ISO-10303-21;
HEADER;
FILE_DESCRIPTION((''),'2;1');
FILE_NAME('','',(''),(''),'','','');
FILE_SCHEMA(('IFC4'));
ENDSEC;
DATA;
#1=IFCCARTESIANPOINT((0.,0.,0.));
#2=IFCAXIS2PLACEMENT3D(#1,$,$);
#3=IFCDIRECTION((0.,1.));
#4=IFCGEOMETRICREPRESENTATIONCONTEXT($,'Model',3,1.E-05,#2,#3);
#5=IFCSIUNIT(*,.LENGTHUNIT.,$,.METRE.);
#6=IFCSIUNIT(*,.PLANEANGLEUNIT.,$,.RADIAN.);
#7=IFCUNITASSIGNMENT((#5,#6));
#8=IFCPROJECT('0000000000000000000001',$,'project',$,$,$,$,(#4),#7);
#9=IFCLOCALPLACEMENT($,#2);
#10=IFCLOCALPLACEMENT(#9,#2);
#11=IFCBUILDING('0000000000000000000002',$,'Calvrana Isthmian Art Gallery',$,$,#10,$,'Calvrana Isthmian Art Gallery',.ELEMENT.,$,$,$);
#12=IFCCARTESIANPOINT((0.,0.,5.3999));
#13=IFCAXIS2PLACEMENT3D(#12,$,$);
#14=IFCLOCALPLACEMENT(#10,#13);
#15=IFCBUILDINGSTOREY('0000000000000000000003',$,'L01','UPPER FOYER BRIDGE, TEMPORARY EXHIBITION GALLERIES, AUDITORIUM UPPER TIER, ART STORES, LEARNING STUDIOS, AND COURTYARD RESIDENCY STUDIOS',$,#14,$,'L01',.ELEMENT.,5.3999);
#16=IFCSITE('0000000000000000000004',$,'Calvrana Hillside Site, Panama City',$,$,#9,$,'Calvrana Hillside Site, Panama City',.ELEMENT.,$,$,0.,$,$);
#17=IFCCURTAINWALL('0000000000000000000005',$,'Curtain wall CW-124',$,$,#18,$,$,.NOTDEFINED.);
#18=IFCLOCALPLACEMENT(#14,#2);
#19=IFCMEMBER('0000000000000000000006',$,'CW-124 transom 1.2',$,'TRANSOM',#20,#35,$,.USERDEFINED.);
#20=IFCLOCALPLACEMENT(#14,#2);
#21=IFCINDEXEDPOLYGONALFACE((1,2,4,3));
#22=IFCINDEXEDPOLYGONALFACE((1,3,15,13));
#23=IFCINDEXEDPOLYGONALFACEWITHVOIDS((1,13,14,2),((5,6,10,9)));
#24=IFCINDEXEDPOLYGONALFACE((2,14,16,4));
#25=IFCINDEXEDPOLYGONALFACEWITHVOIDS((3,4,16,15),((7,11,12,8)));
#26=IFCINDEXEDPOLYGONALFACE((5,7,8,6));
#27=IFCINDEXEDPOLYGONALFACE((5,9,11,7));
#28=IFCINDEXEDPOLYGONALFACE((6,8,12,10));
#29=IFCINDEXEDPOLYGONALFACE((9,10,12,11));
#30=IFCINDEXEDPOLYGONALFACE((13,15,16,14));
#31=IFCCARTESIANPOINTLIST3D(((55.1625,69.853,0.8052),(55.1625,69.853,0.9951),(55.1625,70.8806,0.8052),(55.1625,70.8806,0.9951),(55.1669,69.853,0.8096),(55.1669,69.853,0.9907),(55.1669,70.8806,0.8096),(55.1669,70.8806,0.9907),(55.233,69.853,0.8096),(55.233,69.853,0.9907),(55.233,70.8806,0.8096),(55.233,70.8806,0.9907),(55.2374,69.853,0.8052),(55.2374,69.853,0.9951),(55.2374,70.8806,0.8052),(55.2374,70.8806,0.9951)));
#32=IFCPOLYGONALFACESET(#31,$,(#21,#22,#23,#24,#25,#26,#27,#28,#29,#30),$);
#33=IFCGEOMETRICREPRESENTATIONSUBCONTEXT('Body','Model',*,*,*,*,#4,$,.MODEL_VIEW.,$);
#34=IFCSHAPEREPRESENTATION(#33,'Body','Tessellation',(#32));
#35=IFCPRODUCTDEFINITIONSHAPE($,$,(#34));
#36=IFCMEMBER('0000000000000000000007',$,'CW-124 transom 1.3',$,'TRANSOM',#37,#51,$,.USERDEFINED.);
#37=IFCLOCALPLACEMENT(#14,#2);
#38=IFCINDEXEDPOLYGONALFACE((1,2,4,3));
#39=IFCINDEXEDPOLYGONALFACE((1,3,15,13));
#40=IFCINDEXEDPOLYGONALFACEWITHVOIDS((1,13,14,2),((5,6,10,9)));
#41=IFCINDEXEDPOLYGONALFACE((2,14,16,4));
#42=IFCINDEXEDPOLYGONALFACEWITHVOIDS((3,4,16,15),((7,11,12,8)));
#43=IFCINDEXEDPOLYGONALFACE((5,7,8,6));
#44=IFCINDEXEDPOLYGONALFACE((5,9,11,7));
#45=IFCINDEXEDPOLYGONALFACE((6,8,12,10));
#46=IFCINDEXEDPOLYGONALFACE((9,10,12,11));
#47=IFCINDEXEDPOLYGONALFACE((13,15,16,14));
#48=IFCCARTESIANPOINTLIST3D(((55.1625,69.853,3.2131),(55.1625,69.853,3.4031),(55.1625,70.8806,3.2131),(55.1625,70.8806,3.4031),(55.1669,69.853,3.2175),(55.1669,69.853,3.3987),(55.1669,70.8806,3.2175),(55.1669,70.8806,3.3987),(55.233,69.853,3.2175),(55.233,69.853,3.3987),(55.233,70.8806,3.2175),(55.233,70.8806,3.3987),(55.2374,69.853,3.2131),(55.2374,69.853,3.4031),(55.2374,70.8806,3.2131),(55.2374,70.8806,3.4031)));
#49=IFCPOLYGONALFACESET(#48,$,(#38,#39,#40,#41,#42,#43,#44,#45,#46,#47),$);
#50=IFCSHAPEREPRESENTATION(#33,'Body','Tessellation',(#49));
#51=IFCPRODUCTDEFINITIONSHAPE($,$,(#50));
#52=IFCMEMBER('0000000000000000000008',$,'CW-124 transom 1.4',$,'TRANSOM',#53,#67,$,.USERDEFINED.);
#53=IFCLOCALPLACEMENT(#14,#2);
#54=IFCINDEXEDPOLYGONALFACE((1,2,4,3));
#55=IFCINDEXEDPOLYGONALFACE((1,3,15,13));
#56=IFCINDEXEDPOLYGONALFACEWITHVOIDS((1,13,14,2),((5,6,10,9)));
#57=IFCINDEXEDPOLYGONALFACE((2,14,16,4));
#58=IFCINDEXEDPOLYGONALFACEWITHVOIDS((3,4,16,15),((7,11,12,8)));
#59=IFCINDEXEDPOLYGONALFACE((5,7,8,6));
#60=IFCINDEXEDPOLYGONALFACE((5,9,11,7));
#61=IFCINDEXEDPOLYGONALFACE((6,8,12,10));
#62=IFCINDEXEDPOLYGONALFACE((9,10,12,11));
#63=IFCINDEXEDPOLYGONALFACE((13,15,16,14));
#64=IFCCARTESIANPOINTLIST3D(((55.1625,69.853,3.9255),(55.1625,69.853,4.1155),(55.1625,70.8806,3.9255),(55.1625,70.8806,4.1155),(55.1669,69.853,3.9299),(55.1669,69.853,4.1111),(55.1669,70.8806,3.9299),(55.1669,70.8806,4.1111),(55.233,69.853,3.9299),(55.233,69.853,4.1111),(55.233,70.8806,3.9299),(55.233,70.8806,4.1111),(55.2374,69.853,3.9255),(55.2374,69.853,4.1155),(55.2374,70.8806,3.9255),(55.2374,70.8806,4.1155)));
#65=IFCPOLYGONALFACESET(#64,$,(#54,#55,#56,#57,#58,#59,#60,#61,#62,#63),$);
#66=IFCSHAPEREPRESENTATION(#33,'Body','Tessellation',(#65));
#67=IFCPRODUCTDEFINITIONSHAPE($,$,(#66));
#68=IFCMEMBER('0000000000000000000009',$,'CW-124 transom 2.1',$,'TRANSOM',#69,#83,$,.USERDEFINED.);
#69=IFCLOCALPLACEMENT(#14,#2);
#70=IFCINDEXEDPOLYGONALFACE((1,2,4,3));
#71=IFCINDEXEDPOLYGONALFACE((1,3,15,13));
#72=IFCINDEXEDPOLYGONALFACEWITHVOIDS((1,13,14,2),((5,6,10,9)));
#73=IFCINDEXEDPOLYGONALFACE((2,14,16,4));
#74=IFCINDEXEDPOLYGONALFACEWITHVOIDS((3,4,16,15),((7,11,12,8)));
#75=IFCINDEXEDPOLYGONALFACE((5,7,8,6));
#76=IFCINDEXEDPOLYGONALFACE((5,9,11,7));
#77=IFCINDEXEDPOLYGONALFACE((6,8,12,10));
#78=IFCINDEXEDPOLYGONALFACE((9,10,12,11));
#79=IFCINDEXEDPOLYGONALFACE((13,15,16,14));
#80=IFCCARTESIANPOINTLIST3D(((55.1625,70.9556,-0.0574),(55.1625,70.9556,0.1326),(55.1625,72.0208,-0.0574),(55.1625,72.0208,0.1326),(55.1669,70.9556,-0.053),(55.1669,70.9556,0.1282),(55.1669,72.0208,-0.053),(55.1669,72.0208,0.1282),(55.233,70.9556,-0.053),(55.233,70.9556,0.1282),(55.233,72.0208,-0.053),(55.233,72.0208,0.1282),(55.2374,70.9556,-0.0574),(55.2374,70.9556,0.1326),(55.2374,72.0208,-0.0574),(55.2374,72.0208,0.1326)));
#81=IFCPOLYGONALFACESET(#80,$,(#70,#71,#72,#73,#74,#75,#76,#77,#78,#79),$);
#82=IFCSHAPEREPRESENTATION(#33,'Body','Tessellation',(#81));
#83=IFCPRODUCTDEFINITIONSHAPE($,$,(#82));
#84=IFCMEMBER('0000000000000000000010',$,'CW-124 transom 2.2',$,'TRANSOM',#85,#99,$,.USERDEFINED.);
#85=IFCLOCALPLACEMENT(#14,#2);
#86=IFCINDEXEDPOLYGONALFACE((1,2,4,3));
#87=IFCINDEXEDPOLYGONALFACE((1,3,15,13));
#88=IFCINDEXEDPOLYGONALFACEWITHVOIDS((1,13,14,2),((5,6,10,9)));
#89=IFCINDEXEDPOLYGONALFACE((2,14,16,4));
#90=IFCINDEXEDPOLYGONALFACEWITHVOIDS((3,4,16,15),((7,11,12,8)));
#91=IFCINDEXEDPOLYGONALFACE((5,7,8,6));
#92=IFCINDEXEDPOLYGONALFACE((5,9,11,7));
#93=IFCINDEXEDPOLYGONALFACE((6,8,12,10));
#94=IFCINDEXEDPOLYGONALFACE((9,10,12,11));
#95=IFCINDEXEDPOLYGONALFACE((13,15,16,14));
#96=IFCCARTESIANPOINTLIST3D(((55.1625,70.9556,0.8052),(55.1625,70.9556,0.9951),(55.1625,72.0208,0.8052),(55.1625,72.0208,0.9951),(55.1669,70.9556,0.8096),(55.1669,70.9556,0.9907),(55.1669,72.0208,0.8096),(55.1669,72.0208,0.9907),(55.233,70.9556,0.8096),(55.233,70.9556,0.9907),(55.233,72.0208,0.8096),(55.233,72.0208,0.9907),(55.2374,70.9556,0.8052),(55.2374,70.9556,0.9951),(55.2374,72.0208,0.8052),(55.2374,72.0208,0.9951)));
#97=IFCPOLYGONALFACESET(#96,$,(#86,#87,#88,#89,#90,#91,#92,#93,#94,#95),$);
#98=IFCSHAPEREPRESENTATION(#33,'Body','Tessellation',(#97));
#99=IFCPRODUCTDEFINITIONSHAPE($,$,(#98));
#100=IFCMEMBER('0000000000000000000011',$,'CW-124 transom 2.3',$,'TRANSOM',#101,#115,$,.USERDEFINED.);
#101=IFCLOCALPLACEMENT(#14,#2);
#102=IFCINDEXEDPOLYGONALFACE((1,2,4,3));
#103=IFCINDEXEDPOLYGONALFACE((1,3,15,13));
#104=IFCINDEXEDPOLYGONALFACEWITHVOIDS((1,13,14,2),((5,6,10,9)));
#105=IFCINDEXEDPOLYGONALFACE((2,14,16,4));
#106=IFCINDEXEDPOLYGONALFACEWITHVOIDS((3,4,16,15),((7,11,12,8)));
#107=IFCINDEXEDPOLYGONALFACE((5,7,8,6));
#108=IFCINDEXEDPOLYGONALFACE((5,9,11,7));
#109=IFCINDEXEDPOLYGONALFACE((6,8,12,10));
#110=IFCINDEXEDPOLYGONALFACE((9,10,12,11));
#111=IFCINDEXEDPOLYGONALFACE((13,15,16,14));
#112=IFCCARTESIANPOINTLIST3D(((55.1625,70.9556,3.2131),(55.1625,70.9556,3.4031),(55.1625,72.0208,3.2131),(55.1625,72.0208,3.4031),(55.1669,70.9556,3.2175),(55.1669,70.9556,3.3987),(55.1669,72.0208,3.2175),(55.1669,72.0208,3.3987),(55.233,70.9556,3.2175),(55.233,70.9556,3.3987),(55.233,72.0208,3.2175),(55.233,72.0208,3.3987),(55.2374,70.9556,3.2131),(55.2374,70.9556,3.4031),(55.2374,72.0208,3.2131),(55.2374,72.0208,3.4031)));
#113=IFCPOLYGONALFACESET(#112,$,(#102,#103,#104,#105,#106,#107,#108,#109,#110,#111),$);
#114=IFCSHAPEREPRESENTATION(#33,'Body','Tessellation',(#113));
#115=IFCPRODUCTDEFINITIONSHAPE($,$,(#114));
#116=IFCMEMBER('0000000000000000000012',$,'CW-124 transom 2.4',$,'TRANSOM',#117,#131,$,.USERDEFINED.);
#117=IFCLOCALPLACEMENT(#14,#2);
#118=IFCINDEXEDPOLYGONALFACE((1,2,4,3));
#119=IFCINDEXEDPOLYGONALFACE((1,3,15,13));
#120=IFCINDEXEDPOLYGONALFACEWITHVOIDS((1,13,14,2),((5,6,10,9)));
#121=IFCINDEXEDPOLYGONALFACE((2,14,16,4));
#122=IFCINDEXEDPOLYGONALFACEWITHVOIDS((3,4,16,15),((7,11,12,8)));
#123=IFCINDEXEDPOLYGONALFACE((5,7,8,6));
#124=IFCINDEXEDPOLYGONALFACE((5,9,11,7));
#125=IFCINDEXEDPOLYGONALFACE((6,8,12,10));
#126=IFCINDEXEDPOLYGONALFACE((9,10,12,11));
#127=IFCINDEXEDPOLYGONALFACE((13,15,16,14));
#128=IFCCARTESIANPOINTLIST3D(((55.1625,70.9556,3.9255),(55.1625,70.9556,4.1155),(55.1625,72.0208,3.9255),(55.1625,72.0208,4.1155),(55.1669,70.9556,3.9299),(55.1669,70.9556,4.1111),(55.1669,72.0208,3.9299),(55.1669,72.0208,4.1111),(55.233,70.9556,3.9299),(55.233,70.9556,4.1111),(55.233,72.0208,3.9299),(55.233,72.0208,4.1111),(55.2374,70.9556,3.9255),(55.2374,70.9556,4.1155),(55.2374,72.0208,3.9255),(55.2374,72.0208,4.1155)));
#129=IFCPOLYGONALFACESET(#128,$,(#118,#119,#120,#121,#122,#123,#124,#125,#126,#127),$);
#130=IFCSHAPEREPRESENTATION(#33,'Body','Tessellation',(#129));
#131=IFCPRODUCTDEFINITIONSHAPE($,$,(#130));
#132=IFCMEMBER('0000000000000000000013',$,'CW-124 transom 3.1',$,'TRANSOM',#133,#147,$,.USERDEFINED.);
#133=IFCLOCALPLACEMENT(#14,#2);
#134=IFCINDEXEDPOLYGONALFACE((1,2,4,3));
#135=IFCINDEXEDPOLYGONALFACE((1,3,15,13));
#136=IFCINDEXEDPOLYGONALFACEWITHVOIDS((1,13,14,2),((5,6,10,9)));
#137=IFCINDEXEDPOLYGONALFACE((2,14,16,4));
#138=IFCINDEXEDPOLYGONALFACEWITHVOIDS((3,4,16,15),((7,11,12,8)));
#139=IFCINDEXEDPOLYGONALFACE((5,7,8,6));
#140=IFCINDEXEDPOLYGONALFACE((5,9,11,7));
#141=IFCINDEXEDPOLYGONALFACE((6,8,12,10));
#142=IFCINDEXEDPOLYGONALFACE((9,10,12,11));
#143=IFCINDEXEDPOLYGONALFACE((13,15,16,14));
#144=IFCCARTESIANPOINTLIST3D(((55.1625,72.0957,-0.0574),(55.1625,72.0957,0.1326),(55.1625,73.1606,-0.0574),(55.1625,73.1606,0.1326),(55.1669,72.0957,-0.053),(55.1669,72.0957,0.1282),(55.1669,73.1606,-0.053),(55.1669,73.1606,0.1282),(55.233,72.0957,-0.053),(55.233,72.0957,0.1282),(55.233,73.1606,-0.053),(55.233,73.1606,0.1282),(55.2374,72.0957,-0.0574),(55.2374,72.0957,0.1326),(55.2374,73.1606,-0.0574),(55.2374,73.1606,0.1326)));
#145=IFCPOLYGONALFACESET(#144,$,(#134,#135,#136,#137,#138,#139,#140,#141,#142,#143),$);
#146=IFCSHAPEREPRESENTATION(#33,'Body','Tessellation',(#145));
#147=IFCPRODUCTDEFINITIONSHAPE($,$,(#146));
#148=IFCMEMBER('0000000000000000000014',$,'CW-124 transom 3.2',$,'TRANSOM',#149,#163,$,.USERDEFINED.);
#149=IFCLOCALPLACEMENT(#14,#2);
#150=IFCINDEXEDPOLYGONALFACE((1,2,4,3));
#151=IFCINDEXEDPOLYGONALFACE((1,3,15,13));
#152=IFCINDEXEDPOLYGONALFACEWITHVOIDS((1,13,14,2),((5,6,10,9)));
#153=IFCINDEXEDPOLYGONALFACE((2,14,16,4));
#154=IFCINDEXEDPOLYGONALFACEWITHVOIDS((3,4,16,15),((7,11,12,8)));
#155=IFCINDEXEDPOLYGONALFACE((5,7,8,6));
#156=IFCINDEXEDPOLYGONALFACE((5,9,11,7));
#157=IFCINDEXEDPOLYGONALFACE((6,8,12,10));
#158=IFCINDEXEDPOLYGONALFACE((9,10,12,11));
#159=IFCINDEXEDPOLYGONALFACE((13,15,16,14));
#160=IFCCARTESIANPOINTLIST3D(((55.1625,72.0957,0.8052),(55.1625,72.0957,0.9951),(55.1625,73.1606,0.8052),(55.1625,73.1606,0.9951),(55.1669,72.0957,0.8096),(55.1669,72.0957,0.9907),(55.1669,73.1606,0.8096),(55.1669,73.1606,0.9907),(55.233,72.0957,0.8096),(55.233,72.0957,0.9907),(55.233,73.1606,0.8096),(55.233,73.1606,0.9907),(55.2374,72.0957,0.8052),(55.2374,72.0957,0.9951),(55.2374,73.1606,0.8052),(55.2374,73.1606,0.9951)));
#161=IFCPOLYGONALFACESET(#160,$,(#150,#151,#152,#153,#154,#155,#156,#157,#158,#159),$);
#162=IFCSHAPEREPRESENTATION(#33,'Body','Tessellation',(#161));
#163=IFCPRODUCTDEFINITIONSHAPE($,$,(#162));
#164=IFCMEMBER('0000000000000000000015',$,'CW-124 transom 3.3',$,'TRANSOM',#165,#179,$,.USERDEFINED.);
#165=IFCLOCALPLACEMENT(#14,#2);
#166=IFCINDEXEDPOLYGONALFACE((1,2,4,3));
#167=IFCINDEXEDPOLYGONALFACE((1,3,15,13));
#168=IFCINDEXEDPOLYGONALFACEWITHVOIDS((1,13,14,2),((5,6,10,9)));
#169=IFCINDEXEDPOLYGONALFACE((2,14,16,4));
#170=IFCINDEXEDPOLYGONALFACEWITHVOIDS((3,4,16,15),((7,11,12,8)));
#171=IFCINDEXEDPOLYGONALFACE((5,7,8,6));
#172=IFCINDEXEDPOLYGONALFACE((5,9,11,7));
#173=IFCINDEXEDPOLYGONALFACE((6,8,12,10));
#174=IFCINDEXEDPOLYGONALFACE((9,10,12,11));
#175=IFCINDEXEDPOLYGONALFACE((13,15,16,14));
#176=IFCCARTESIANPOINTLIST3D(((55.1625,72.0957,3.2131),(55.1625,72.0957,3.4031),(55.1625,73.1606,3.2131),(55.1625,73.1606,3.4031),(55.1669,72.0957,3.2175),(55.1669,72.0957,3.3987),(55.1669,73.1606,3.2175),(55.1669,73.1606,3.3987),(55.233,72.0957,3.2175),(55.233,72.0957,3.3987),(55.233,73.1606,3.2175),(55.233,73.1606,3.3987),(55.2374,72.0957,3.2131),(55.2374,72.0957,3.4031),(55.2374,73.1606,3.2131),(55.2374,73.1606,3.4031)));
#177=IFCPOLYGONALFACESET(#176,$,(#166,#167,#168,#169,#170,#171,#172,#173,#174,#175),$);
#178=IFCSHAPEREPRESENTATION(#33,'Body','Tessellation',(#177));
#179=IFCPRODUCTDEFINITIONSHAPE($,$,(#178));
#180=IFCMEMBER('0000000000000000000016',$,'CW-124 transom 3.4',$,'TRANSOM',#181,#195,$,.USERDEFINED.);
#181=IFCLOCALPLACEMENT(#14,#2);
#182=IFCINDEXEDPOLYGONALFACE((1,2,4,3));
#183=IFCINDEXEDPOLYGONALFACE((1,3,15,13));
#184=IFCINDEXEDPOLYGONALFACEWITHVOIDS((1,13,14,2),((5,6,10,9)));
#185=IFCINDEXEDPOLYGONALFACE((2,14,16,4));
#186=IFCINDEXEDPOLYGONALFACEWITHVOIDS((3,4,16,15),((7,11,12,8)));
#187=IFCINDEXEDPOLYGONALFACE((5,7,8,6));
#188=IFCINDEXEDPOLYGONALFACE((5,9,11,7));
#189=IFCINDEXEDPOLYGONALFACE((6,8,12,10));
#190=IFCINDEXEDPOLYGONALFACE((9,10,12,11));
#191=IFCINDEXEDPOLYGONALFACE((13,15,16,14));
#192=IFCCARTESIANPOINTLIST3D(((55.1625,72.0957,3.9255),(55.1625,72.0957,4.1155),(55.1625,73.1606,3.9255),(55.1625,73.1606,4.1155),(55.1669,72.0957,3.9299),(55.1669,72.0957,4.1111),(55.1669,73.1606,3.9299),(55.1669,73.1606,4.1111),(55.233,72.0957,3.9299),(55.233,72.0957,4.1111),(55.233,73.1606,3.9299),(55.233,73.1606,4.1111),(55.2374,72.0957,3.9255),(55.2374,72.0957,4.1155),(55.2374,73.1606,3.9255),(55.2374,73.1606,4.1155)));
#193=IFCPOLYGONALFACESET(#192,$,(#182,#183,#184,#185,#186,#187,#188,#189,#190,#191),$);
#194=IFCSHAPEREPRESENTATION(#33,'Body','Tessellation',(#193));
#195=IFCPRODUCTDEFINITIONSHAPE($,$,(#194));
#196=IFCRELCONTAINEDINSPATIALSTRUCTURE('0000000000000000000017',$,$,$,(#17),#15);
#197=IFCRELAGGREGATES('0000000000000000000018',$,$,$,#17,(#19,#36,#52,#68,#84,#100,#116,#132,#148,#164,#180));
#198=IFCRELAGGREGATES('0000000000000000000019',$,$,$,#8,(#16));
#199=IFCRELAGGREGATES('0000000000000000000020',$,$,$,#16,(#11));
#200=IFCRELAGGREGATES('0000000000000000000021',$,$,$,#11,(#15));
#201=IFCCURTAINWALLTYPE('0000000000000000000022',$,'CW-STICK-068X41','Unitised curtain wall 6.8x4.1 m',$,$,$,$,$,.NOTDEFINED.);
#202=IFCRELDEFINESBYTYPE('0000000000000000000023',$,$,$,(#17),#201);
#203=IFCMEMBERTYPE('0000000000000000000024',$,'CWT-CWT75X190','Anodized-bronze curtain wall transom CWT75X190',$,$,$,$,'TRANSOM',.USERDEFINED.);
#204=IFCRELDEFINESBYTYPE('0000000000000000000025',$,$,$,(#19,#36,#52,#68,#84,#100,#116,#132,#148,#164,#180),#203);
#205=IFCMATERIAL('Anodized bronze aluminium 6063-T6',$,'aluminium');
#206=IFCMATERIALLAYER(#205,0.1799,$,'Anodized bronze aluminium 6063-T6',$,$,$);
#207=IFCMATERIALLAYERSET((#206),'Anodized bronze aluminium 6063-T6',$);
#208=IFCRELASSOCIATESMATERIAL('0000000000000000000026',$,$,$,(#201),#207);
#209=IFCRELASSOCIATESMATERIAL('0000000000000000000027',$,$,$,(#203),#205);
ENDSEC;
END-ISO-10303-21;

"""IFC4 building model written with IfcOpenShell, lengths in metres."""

from ifc_helpers import new_model, si_unit, direction, frame, origin, origin_2d, place, context, subcontext, project, spatial, hollow_rectangle, extrude, material, layer, layer_set, material_profile, profile_set, type_object, element, aggregate, save


model = new_model("IFC4")

# Units and contexts
model_context = context("Model", 3, precision=1e-05, world=origin(), true_north=direction((0.0, 1.0)))
body_context = subcontext(model_context, "Body", "Model", "MODEL_VIEW")
ifc_project = project(units=[si_unit("LENGTHUNIT", "METRE"), si_unit("PLANEANGLEUNIT", "RADIAN")], contexts=[model_context])

# Site, building, storey
site_placement = place(None, origin())
site = spatial("IfcSite", under=ifc_project, at=site_placement, Name="Calvrana Hillside Site, Panama City", LongName="Calvrana Hillside Site, Panama City", CompositionType="ELEMENT", RefElevation=0.0)
building_placement = place(site_placement, origin())
building = spatial("IfcBuilding", under=site, at=building_placement, Name="Calvrana Isthmian Art Gallery", LongName="Calvrana Isthmian Art Gallery", CompositionType="ELEMENT")
storey_placement = place(building_placement, frame((0.0, 0.0, 5.3999)))
storey = spatial("IfcBuildingStorey", under=building, at=storey_placement, Name="L01", Description="UPPER FOYER BRIDGE, TEMPORARY EXHIBITION GALLERIES, AUDITORIUM UPPER TIER, ART STORES, LEARNING STUDIOS, AND COURTYARD RESIDENCY STUDIOS", LongName="L01", CompositionType="ELEMENT", Elevation=5.3999)

# Curtain wall, members
ifc_material_1 = material(Name="Anodized bronze aluminium 6063-T6", Category="aluminium")
ifc_layer_1 = layer(ifc_material_1, 0.1799, Name="Anodized bronze aluminium 6063-T6")
ifc_layer_set_1 = layer_set([ifc_layer_1], Name="Anodized bronze aluminium 6063-T6")
curtain_wall_type = type_object("IfcCurtainWallType", Name="CW-STICK-068X41", Description="Unitised curtain wall 6.8x4.1 m", PredefinedType="NOTDEFINED", material=ifc_layer_set_1)
curtain_wall_placement = place(storey_placement, origin())
curtain_wall = element("IfcCurtainWall", 1, at=curtain_wall_placement, inside=storey, type_object=curtain_wall_type, Name="Curtain wall CW-124", PredefinedType="NOTDEFINED")
ifc_material_profile_1 = material_profile(ifc_material_1, hollow_rectangle(XDim=0.075, YDim=0.1899, WallThickness=0.0044, at=origin_2d()), Name="CWT75X190")
ifc_profile_set_1 = profile_set([ifc_material_profile_1], Name="Anodized bronze aluminium 6063-T6")
member_type_1 = type_object("IfcMemberType", Name="CWT-CWT75X190", Description="Anodized-bronze curtain wall transom CWT75X190", ElementType="TRANSOM", PredefinedType="USERDEFINED", material=ifc_profile_set_1)
member_1_placement = place(storey_placement, frame((55.2, 69.853, 0.9001), z_axis=(0.0, 1.0, 0.0), x_axis=(-1.0, 0.0, 0.0)))
member_1 = element("IfcMember", 2, at=member_1_placement, type_object=member_type_1, Name="CW-124 transom 1.2", ObjectType="TRANSOM", PredefinedType="USERDEFINED", context=body_context, shape_type="SweptSolid", body=[
    extrude(hollow_rectangle(XDim=0.075, YDim=0.1899, WallThickness=0.0044, at=origin_2d()), origin(), (0.0, 0.0, 1.0), 1.0276),
])
member_2_placement = place(storey_placement, frame((55.2, 69.853, 3.3081), z_axis=(0.0, 1.0, 0.0), x_axis=(-1.0, 0.0, 0.0)))
member_2 = element("IfcMember", 3, at=member_2_placement, type_object=member_type_1, Name="CW-124 transom 1.3", ObjectType="TRANSOM", PredefinedType="USERDEFINED", context=body_context, shape_type="SweptSolid", body=[
    extrude(hollow_rectangle(XDim=0.075, YDim=0.1899, WallThickness=0.0044, at=origin_2d()), origin(), (0.0, 0.0, 1.0), 1.0276),
])
member_3_placement = place(storey_placement, frame((55.2, 69.853, 4.0205), z_axis=(0.0, 1.0, 0.0), x_axis=(-1.0, 0.0, 0.0)))
member_3 = element("IfcMember", 4, at=member_3_placement, type_object=member_type_1, Name="CW-124 transom 1.4", ObjectType="TRANSOM", PredefinedType="USERDEFINED", context=body_context, shape_type="SweptSolid", body=[
    extrude(hollow_rectangle(XDim=0.075, YDim=0.1899, WallThickness=0.0044, at=origin_2d()), origin(), (0.0, 0.0, 1.0), 1.0276),
])
member_4_placement = place(storey_placement, frame((55.2, 70.9556, 0.0376), z_axis=(0.0, 1.0, 0.0), x_axis=(-1.0, 0.0, 0.0)))
member_4 = element("IfcMember", 5, at=member_4_placement, type_object=member_type_1, Name="CW-124 transom 2.1", ObjectType="TRANSOM", PredefinedType="USERDEFINED", context=body_context, shape_type="SweptSolid", body=[
    extrude(hollow_rectangle(XDim=0.075, YDim=0.1899, WallThickness=0.0044, at=origin_2d()), origin(), (0.0, 0.0, 1.0), 1.0652),
])
member_5_placement = place(storey_placement, frame((55.2, 70.9556, 0.9001), z_axis=(0.0, 1.0, 0.0), x_axis=(-1.0, 0.0, 0.0)))
member_5 = element("IfcMember", 6, at=member_5_placement, type_object=member_type_1, Name="CW-124 transom 2.2", ObjectType="TRANSOM", PredefinedType="USERDEFINED", context=body_context, shape_type="SweptSolid", body=[
    extrude(hollow_rectangle(XDim=0.075, YDim=0.1899, WallThickness=0.0044, at=origin_2d()), origin(), (0.0, 0.0, 1.0), 1.0652),
])
member_6_placement = place(storey_placement, frame((55.2, 70.9556, 3.3081), z_axis=(0.0, 1.0, 0.0), x_axis=(-1.0, 0.0, 0.0)))
member_6 = element("IfcMember", 7, at=member_6_placement, type_object=member_type_1, Name="CW-124 transom 2.3", ObjectType="TRANSOM", PredefinedType="USERDEFINED", context=body_context, shape_type="SweptSolid", body=[
    extrude(hollow_rectangle(XDim=0.075, YDim=0.1899, WallThickness=0.0044, at=origin_2d()), origin(), (0.0, 0.0, 1.0), 1.0652),
])
member_7_placement = place(storey_placement, frame((55.2, 70.9556, 4.0205), z_axis=(0.0, 1.0, 0.0), x_axis=(-1.0, 0.0, 0.0)))
member_7 = element("IfcMember", 8, at=member_7_placement, type_object=member_type_1, Name="CW-124 transom 2.4", ObjectType="TRANSOM", PredefinedType="USERDEFINED", context=body_context, shape_type="SweptSolid", body=[
    extrude(hollow_rectangle(XDim=0.075, YDim=0.1899, WallThickness=0.0044, at=origin_2d()), origin(), (0.0, 0.0, 1.0), 1.0652),
])
member_8_placement = place(storey_placement, frame((55.2, 72.0957, 0.0376), z_axis=(0.0, 1.0, 0.0), x_axis=(-1.0, 0.0, 0.0)))
member_8 = element("IfcMember", 9, at=member_8_placement, type_object=member_type_1, Name="CW-124 transom 3.1", ObjectType="TRANSOM", PredefinedType="USERDEFINED", context=body_context, shape_type="SweptSolid", body=[
    extrude(hollow_rectangle(XDim=0.075, YDim=0.1899, WallThickness=0.0044, at=origin_2d()), origin(), (0.0, 0.0, 1.0), 1.0649),
])
member_9_placement = place(storey_placement, frame((55.2, 72.0957, 0.9001), z_axis=(0.0, 1.0, 0.0), x_axis=(-1.0, 0.0, 0.0)))
member_9 = element("IfcMember", 10, at=member_9_placement, type_object=member_type_1, Name="CW-124 transom 3.2", ObjectType="TRANSOM", PredefinedType="USERDEFINED", context=body_context, shape_type="SweptSolid", body=[
    extrude(hollow_rectangle(XDim=0.075, YDim=0.1899, WallThickness=0.0044, at=origin_2d()), origin(), (0.0, 0.0, 1.0), 1.0649),
])
member_10_placement = place(storey_placement, frame((55.2, 72.0957, 3.3081), z_axis=(0.0, 1.0, 0.0), x_axis=(-1.0, 0.0, 0.0)))
member_10 = element("IfcMember", 11, at=member_10_placement, type_object=member_type_1, Name="CW-124 transom 3.3", ObjectType="TRANSOM", PredefinedType="USERDEFINED", context=body_context, shape_type="SweptSolid", body=[
    extrude(hollow_rectangle(XDim=0.075, YDim=0.1899, WallThickness=0.0044, at=origin_2d()), origin(), (0.0, 0.0, 1.0), 1.0649),
])
member_11_placement = place(storey_placement, frame((55.2, 72.0957, 4.0205), z_axis=(0.0, 1.0, 0.0), x_axis=(-1.0, 0.0, 0.0)))
member_11 = element("IfcMember", 12, at=member_11_placement, type_object=member_type_1, Name="CW-124 transom 3.4", ObjectType="TRANSOM", PredefinedType="USERDEFINED", context=body_context, shape_type="SweptSolid", body=[
    extrude(hollow_rectangle(XDim=0.075, YDim=0.1899, WallThickness=0.0044, at=origin_2d()), origin(), (0.0, 0.0, 1.0), 1.0649),
])
aggregate(curtain_wall, [member_1, member_2, member_3, member_4, member_5, member_6, member_7, member_8, member_9, member_10, member_11])

save(model, "model.ifc")
